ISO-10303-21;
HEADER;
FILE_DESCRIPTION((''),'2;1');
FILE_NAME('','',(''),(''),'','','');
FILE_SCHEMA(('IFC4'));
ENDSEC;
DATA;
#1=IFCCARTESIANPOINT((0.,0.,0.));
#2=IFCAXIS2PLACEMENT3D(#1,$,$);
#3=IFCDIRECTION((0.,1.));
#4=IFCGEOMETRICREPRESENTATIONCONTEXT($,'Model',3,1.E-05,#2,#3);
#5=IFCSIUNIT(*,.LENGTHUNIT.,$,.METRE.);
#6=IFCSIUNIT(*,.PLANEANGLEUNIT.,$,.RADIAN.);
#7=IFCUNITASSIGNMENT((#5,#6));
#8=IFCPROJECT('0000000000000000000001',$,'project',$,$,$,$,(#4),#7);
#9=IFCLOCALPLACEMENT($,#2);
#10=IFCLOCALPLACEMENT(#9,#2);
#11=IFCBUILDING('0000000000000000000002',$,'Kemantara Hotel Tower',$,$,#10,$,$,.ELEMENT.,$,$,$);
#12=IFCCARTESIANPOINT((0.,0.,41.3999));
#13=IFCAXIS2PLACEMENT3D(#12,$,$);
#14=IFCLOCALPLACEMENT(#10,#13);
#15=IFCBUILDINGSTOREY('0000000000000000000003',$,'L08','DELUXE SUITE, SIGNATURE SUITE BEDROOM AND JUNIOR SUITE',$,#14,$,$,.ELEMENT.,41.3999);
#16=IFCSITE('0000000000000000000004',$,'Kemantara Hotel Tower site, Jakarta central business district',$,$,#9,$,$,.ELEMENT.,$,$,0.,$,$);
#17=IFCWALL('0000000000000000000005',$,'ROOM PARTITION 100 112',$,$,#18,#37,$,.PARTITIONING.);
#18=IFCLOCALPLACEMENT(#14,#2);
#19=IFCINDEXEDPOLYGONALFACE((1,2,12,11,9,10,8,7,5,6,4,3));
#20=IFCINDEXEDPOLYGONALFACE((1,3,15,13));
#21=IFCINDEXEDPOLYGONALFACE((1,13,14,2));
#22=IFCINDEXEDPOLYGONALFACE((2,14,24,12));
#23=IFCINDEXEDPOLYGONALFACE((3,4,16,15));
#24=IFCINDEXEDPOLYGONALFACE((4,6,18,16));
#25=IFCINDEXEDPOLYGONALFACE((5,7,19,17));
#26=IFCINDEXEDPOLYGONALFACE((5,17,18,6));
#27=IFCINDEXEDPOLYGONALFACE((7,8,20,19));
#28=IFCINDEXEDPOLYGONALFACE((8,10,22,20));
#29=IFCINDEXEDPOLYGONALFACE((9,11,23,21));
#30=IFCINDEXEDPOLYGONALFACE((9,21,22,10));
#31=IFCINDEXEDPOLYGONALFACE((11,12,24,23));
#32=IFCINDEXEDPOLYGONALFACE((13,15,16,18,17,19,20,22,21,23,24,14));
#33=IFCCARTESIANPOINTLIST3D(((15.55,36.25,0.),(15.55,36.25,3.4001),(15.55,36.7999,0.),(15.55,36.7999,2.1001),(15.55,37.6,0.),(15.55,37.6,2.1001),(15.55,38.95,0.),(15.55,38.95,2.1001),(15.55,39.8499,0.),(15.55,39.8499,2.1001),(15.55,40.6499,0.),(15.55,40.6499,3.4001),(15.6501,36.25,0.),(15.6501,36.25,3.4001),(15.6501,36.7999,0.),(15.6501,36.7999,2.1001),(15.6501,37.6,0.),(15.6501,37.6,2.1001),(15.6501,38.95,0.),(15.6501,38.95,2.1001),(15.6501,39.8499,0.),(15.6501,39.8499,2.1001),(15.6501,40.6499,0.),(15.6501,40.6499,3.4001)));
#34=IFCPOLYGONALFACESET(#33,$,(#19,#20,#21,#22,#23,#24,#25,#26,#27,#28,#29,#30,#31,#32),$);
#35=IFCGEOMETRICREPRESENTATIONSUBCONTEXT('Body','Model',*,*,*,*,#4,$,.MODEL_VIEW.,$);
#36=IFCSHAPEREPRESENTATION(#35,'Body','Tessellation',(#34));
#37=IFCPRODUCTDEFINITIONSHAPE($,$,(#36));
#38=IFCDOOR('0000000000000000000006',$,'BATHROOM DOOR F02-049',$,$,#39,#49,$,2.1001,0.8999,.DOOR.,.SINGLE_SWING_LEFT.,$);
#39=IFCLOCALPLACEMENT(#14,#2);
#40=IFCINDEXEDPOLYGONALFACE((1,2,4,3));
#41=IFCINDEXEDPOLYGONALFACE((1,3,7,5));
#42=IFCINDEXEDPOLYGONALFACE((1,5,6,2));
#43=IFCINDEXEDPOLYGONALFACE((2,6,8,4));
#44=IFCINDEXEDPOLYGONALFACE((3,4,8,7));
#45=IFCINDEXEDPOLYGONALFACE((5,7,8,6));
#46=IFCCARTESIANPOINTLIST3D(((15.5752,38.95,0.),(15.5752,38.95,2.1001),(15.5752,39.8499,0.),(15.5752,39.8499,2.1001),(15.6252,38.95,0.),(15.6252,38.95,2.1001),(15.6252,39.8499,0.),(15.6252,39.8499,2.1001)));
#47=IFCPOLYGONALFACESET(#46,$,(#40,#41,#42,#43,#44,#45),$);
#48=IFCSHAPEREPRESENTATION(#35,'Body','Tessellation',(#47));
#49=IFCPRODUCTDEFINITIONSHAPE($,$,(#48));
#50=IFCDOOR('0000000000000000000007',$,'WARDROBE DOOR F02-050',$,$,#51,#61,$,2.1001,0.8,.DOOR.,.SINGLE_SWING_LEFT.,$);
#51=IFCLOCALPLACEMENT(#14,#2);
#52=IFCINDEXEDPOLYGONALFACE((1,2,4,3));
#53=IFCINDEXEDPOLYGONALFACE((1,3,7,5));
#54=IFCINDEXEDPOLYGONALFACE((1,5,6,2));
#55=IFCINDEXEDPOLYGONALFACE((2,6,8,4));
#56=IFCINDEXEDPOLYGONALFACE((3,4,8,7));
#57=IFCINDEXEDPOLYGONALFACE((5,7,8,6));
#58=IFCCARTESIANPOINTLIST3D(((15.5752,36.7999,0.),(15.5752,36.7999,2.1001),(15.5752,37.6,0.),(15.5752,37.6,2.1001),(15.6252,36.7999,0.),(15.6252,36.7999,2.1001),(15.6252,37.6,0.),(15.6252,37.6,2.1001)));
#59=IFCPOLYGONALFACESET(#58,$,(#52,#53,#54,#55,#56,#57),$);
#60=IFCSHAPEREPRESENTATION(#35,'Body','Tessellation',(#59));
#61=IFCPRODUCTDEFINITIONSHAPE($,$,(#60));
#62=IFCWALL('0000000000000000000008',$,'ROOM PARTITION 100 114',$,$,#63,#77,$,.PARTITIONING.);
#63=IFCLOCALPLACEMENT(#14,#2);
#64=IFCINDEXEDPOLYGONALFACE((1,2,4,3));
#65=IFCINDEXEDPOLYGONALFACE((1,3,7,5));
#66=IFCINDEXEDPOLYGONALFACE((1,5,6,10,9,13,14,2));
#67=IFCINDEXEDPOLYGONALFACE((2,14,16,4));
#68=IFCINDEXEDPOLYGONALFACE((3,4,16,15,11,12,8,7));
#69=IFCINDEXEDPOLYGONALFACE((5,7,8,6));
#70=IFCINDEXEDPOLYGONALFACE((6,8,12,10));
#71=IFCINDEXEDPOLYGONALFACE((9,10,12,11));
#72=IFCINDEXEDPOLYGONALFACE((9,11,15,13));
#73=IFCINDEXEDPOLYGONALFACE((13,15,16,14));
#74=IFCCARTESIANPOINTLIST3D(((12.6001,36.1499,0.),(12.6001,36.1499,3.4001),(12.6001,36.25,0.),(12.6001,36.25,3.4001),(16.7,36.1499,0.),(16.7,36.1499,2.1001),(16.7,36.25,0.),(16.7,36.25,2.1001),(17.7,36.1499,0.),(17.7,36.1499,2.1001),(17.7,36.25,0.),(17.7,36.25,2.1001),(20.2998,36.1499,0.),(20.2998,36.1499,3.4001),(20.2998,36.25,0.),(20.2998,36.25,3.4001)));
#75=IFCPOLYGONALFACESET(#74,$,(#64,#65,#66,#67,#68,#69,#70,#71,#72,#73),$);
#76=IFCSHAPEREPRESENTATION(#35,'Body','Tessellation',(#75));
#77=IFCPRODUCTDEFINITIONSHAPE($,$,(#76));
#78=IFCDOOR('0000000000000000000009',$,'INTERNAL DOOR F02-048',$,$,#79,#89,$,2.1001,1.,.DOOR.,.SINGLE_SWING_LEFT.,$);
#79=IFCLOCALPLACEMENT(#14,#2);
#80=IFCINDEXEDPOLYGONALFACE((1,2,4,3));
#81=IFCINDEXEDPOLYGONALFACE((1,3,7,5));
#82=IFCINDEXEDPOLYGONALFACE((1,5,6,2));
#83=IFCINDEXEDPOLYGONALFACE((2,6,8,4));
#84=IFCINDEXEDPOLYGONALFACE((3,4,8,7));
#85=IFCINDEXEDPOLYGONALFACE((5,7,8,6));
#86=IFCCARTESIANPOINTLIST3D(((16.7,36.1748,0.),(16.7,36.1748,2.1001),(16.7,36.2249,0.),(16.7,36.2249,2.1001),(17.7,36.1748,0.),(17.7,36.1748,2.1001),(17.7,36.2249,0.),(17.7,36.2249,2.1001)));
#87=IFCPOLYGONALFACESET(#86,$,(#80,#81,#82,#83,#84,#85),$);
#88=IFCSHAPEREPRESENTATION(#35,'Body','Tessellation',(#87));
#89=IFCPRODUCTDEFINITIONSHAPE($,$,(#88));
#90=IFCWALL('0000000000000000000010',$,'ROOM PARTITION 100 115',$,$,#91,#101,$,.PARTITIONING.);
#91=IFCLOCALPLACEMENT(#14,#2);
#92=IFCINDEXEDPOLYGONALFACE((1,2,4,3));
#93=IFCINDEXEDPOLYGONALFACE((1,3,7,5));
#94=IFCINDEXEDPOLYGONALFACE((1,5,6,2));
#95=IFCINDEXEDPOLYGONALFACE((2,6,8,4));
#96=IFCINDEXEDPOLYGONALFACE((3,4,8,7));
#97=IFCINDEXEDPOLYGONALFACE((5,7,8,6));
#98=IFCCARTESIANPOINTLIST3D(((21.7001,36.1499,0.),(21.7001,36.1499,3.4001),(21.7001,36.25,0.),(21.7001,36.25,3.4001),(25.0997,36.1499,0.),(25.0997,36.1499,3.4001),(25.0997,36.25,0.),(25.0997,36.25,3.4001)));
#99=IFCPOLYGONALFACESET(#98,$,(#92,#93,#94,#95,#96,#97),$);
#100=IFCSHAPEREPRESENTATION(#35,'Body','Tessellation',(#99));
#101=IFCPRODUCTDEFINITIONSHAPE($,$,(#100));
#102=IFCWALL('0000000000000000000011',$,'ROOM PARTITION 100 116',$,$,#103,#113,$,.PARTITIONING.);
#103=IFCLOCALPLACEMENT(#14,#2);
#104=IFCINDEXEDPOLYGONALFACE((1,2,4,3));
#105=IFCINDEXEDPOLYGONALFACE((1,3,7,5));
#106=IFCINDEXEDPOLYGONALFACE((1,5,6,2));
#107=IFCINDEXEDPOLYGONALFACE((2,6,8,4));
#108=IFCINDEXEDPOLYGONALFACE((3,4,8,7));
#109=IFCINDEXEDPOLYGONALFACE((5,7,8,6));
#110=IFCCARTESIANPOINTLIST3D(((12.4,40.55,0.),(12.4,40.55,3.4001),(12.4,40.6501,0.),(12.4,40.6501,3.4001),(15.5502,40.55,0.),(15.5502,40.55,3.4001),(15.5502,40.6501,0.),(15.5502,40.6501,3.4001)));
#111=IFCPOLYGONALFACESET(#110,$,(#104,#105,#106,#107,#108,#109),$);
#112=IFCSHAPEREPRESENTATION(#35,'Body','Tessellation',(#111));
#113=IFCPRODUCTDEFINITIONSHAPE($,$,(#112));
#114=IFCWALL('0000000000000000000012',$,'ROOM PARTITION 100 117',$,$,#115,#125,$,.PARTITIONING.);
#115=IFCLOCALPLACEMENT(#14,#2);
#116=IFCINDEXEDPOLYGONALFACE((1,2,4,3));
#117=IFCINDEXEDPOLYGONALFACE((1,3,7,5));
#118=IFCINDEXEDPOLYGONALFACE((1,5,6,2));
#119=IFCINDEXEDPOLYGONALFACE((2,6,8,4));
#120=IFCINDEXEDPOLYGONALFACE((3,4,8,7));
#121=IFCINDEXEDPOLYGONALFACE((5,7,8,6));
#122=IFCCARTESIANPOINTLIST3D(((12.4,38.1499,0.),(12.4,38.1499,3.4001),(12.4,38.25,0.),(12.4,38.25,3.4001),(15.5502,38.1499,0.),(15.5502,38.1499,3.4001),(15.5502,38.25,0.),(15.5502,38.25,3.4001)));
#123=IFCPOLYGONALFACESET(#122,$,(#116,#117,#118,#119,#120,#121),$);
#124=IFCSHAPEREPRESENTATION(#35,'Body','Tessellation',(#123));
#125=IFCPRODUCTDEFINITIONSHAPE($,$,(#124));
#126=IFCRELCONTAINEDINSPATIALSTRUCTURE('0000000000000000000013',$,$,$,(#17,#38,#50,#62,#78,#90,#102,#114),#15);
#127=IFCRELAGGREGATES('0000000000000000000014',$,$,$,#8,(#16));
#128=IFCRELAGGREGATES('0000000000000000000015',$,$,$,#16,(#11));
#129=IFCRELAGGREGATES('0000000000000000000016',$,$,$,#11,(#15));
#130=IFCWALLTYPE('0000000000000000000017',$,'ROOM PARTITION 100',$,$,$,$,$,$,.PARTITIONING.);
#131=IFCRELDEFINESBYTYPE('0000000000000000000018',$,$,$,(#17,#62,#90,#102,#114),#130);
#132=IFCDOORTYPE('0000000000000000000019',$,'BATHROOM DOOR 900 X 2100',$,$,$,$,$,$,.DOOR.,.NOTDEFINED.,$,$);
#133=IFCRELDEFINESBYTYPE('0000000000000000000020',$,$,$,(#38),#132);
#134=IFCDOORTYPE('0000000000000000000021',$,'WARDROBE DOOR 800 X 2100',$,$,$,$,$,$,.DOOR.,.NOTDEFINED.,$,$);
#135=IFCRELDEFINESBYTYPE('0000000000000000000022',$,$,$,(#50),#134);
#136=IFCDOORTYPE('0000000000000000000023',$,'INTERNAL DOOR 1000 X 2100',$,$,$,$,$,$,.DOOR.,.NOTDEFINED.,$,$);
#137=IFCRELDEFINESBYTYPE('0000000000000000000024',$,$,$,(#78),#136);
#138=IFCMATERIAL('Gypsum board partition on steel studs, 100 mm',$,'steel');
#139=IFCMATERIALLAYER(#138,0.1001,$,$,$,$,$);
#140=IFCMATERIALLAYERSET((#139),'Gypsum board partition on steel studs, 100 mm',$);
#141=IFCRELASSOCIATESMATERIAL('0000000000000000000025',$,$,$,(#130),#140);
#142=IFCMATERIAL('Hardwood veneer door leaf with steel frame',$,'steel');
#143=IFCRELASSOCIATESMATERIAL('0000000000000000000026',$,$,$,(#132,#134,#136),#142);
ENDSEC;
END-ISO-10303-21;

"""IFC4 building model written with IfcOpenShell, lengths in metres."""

from ifc_helpers import new_model, si_unit, direction, frame, frame_2d, origin, place, context, subcontext, project, spatial, rectangle, extrude, material, layer, layer_set, type_object, element, fill, save


model = new_model("IFC4")

# Units and contexts
model_context = context("Model", 3, precision=1e-05, world=origin(), true_north=direction((0.0, 1.0)))
body_context = subcontext(model_context, "Body", "Model", "MODEL_VIEW")
ifc_project = project(units=[si_unit("LENGTHUNIT", "METRE"), si_unit("PLANEANGLEUNIT", "RADIAN")], contexts=[model_context])

# Site, building, storey
site_placement = place(None, origin())
site = spatial("IfcSite", under=ifc_project, at=site_placement, Name="Kemantara Hotel Tower site, Jakarta central business district", CompositionType="ELEMENT", RefElevation=0.0)
building_placement = place(site_placement, origin())
building = spatial("IfcBuilding", under=site, at=building_placement, Name="Kemantara Hotel Tower", CompositionType="ELEMENT")
storey_placement = place(building_placement, frame((0.0, 0.0, 41.3999)))
storey = spatial("IfcBuildingStorey", under=building, at=storey_placement, Name="L08", Description="DELUXE SUITE, SIGNATURE SUITE BEDROOM AND JUNIOR SUITE", CompositionType="ELEMENT", Elevation=41.3999)

# Shared definitions
ifc_material_1 = material(Name="Hardwood veneer door leaf with steel frame", Category="steel")

# Shared definitions
ifc_material_2 = material(Name="Gypsum board partition on steel studs, 100 mm", Category="steel")
ifc_layer_1 = layer(ifc_material_2, 0.1001)
ifc_layer_set_1 = layer_set([ifc_layer_1], Name="Gypsum board partition on steel studs, 100 mm")
wall_type_1 = type_object("IfcWallType", Name="ROOM PARTITION 100", PredefinedType="PARTITIONING", material=ifc_layer_set_1)
door_type_1 = type_object("IfcDoorType", Name="BATHROOM DOOR 900 X 2100", OperationType="NOTDEFINED", PredefinedType="DOOR", material=ifc_material_1)

# Wall, openings, doors
wall_1_placement = place(storey_placement, frame((15.6001, 36.25, 0.0), z_axis=(0.0, 0.0, 1.0), x_axis=(0.0, 1.0, 0.0)))
wall_1 = element("IfcWall", 1, at=wall_1_placement, inside=storey, type_object=wall_type_1, Name="ROOM PARTITION 100 112", PredefinedType="PARTITIONING", context=body_context, shape_type="SweptSolid", body=[
    extrude(rectangle(XDim=4.3999, YDim=0.1001, at=frame_2d((2.2, 0.0))), origin(), (0.0, 0.0, 1.0), 3.4001),
])
opening_1_placement = place(wall_1_placement, frame((2.7, 0.0, 0.0)))
opening_1 = element("IfcOpeningElement", 2, at=opening_1_placement, cuts=wall_1, PredefinedType="OPENING", context=body_context, shape_type="SweptSolid", body=[
    extrude(rectangle(XDim=0.8999, YDim=2.1001, at=frame_2d((0.45, 1.05))), frame((0.0, 0.0601, 0.0), z_axis=(0.0, -1.0, 0.0), x_axis=(1.0, 0.0, 0.0)), (0.0, 0.0, 1.0), 0.1201),
])
opening_2_placement = place(wall_1_placement, frame((0.55, 0.0, 0.0)))
opening_2 = element("IfcOpeningElement", 3, at=opening_2_placement, cuts=wall_1, PredefinedType="OPENING", context=body_context, shape_type="SweptSolid", body=[
    extrude(rectangle(XDim=0.8, YDim=2.1001, at=frame_2d((0.3999, 1.05))), frame((0.0, 0.0601, 0.0), z_axis=(0.0, -1.0, 0.0), x_axis=(1.0, 0.0, 0.0)), (0.0, 0.0, 1.0), 0.1201),
])
door_1_placement = place(opening_1_placement, origin())
door_1 = element("IfcDoor", 4, at=door_1_placement, inside=storey, type_object=door_type_1, Name="BATHROOM DOOR F02-049", OperationType="SINGLE_SWING_LEFT", OverallHeight=2.1001, OverallWidth=0.8999, PredefinedType="DOOR", context=body_context, shape_type="SweptSolid", body=[
    extrude(rectangle(XDim=0.8999, YDim=2.1001, at=frame_2d((0.45, 1.05))), frame((0.0, 0.0249, 0.0), z_axis=(0.0, -1.0, 0.0), x_axis=(1.0, 0.0, 0.0)), (0.0, 0.0, 1.0), 0.05),
])
fill(opening_1, door_1)
door_type_2 = type_object("IfcDoorType", Name="WARDROBE DOOR 800 X 2100", OperationType="NOTDEFINED", PredefinedType="DOOR", material=ifc_material_1)
door_2_placement = place(opening_2_placement, origin())
door_2 = element("IfcDoor", 5, at=door_2_placement, inside=storey, type_object=door_type_2, Name="WARDROBE DOOR F02-050", OperationType="SINGLE_SWING_LEFT", OverallHeight=2.1001, OverallWidth=0.8, PredefinedType="DOOR", context=body_context, shape_type="SweptSolid", body=[
    extrude(rectangle(XDim=0.8, YDim=2.1001, at=frame_2d((0.3999, 1.05))), frame((0.0, 0.0249, 0.0), z_axis=(0.0, -1.0, 0.0), x_axis=(1.0, 0.0, 0.0)), (0.0, 0.0, 1.0), 0.05),
])
fill(opening_2, door_2)

# Wall, opening, door
wall_2_placement = place(storey_placement, frame((12.6001, 36.2, 0.0), z_axis=(0.0, 0.0, 1.0), x_axis=(1.0, 0.0, 0.0)))
wall_2 = element("IfcWall", 6, at=wall_2_placement, inside=storey, type_object=wall_type_1, Name="ROOM PARTITION 100 114", PredefinedType="PARTITIONING", context=body_context, shape_type="SweptSolid", body=[
    extrude(rectangle(XDim=7.6997, YDim=0.1001, at=frame_2d((3.8499, 0.0))), origin(), (0.0, 0.0, 1.0), 3.4001),
])
opening_3_placement = place(wall_2_placement, frame((4.0999, 0.0, 0.0)))
opening_3 = element("IfcOpeningElement", 7, at=opening_3_placement, cuts=wall_2, PredefinedType="OPENING", context=body_context, shape_type="SweptSolid", body=[
    extrude(rectangle(XDim=1.0, YDim=2.1001, at=frame_2d((0.5, 1.05))), frame((0.0, 0.0601, 0.0), z_axis=(0.0, -1.0, 0.0), x_axis=(1.0, 0.0, 0.0)), (0.0, 0.0, 1.0), 0.1201),
])
door_type_3 = type_object("IfcDoorType", Name="INTERNAL DOOR 1000 X 2100", OperationType="NOTDEFINED", PredefinedType="DOOR", material=ifc_material_1)
door_3_placement = place(opening_3_placement, origin())
door_3 = element("IfcDoor", 8, at=door_3_placement, inside=storey, type_object=door_type_3, Name="INTERNAL DOOR F02-048", OperationType="SINGLE_SWING_LEFT", OverallHeight=2.1001, OverallWidth=1.0, PredefinedType="DOOR", context=body_context, shape_type="SweptSolid", body=[
    extrude(rectangle(XDim=1.0, YDim=2.1001, at=frame_2d((0.5, 1.05))), frame((0.0, 0.0249, 0.0), z_axis=(0.0, -1.0, 0.0), x_axis=(1.0, 0.0, 0.0)), (0.0, 0.0, 1.0), 0.05),
])
fill(opening_3, door_3)

# Walls
wall_3_placement = place(storey_placement, frame((21.7002, 36.2, 0.0), z_axis=(0.0, 0.0, 1.0), x_axis=(1.0, 0.0, 0.0)))
element("IfcWall", 9, at=wall_3_placement, inside=storey, type_object=wall_type_1, Name="ROOM PARTITION 100 115", PredefinedType="PARTITIONING", context=body_context, shape_type="SweptSolid", body=[
    extrude(rectangle(XDim=3.3997, YDim=0.1001, at=frame_2d((1.6997, 0.0))), origin(), (0.0, 0.0, 1.0), 3.4001),
])
for number, where, z_axis, x_axis, name in (
    (10, (12.3999, 40.6001, 0.0), (0.0, 0.0, 1.0), (1.0, 0.0, 0.0), "ROOM PARTITION 100 116"),
    (11, (12.3999, 38.2, 0.0), (0.0, 0.0, 1.0), (1.0, 0.0, 0.0), "ROOM PARTITION 100 117"),
):
    element("IfcWall", number, at=place(storey_placement, frame(where, z_axis=z_axis, x_axis=x_axis)), inside=storey, type_object=wall_type_1, Name=name, PredefinedType="PARTITIONING", context=body_context, shape_type="SweptSolid", body=[
        extrude(rectangle(XDim=3.1501, YDim=0.1001, at=frame_2d((1.5752, 0.0))), origin(), (0.0, 0.0, 1.0), 3.4001),
    ])

save(model, "model.ifc")
